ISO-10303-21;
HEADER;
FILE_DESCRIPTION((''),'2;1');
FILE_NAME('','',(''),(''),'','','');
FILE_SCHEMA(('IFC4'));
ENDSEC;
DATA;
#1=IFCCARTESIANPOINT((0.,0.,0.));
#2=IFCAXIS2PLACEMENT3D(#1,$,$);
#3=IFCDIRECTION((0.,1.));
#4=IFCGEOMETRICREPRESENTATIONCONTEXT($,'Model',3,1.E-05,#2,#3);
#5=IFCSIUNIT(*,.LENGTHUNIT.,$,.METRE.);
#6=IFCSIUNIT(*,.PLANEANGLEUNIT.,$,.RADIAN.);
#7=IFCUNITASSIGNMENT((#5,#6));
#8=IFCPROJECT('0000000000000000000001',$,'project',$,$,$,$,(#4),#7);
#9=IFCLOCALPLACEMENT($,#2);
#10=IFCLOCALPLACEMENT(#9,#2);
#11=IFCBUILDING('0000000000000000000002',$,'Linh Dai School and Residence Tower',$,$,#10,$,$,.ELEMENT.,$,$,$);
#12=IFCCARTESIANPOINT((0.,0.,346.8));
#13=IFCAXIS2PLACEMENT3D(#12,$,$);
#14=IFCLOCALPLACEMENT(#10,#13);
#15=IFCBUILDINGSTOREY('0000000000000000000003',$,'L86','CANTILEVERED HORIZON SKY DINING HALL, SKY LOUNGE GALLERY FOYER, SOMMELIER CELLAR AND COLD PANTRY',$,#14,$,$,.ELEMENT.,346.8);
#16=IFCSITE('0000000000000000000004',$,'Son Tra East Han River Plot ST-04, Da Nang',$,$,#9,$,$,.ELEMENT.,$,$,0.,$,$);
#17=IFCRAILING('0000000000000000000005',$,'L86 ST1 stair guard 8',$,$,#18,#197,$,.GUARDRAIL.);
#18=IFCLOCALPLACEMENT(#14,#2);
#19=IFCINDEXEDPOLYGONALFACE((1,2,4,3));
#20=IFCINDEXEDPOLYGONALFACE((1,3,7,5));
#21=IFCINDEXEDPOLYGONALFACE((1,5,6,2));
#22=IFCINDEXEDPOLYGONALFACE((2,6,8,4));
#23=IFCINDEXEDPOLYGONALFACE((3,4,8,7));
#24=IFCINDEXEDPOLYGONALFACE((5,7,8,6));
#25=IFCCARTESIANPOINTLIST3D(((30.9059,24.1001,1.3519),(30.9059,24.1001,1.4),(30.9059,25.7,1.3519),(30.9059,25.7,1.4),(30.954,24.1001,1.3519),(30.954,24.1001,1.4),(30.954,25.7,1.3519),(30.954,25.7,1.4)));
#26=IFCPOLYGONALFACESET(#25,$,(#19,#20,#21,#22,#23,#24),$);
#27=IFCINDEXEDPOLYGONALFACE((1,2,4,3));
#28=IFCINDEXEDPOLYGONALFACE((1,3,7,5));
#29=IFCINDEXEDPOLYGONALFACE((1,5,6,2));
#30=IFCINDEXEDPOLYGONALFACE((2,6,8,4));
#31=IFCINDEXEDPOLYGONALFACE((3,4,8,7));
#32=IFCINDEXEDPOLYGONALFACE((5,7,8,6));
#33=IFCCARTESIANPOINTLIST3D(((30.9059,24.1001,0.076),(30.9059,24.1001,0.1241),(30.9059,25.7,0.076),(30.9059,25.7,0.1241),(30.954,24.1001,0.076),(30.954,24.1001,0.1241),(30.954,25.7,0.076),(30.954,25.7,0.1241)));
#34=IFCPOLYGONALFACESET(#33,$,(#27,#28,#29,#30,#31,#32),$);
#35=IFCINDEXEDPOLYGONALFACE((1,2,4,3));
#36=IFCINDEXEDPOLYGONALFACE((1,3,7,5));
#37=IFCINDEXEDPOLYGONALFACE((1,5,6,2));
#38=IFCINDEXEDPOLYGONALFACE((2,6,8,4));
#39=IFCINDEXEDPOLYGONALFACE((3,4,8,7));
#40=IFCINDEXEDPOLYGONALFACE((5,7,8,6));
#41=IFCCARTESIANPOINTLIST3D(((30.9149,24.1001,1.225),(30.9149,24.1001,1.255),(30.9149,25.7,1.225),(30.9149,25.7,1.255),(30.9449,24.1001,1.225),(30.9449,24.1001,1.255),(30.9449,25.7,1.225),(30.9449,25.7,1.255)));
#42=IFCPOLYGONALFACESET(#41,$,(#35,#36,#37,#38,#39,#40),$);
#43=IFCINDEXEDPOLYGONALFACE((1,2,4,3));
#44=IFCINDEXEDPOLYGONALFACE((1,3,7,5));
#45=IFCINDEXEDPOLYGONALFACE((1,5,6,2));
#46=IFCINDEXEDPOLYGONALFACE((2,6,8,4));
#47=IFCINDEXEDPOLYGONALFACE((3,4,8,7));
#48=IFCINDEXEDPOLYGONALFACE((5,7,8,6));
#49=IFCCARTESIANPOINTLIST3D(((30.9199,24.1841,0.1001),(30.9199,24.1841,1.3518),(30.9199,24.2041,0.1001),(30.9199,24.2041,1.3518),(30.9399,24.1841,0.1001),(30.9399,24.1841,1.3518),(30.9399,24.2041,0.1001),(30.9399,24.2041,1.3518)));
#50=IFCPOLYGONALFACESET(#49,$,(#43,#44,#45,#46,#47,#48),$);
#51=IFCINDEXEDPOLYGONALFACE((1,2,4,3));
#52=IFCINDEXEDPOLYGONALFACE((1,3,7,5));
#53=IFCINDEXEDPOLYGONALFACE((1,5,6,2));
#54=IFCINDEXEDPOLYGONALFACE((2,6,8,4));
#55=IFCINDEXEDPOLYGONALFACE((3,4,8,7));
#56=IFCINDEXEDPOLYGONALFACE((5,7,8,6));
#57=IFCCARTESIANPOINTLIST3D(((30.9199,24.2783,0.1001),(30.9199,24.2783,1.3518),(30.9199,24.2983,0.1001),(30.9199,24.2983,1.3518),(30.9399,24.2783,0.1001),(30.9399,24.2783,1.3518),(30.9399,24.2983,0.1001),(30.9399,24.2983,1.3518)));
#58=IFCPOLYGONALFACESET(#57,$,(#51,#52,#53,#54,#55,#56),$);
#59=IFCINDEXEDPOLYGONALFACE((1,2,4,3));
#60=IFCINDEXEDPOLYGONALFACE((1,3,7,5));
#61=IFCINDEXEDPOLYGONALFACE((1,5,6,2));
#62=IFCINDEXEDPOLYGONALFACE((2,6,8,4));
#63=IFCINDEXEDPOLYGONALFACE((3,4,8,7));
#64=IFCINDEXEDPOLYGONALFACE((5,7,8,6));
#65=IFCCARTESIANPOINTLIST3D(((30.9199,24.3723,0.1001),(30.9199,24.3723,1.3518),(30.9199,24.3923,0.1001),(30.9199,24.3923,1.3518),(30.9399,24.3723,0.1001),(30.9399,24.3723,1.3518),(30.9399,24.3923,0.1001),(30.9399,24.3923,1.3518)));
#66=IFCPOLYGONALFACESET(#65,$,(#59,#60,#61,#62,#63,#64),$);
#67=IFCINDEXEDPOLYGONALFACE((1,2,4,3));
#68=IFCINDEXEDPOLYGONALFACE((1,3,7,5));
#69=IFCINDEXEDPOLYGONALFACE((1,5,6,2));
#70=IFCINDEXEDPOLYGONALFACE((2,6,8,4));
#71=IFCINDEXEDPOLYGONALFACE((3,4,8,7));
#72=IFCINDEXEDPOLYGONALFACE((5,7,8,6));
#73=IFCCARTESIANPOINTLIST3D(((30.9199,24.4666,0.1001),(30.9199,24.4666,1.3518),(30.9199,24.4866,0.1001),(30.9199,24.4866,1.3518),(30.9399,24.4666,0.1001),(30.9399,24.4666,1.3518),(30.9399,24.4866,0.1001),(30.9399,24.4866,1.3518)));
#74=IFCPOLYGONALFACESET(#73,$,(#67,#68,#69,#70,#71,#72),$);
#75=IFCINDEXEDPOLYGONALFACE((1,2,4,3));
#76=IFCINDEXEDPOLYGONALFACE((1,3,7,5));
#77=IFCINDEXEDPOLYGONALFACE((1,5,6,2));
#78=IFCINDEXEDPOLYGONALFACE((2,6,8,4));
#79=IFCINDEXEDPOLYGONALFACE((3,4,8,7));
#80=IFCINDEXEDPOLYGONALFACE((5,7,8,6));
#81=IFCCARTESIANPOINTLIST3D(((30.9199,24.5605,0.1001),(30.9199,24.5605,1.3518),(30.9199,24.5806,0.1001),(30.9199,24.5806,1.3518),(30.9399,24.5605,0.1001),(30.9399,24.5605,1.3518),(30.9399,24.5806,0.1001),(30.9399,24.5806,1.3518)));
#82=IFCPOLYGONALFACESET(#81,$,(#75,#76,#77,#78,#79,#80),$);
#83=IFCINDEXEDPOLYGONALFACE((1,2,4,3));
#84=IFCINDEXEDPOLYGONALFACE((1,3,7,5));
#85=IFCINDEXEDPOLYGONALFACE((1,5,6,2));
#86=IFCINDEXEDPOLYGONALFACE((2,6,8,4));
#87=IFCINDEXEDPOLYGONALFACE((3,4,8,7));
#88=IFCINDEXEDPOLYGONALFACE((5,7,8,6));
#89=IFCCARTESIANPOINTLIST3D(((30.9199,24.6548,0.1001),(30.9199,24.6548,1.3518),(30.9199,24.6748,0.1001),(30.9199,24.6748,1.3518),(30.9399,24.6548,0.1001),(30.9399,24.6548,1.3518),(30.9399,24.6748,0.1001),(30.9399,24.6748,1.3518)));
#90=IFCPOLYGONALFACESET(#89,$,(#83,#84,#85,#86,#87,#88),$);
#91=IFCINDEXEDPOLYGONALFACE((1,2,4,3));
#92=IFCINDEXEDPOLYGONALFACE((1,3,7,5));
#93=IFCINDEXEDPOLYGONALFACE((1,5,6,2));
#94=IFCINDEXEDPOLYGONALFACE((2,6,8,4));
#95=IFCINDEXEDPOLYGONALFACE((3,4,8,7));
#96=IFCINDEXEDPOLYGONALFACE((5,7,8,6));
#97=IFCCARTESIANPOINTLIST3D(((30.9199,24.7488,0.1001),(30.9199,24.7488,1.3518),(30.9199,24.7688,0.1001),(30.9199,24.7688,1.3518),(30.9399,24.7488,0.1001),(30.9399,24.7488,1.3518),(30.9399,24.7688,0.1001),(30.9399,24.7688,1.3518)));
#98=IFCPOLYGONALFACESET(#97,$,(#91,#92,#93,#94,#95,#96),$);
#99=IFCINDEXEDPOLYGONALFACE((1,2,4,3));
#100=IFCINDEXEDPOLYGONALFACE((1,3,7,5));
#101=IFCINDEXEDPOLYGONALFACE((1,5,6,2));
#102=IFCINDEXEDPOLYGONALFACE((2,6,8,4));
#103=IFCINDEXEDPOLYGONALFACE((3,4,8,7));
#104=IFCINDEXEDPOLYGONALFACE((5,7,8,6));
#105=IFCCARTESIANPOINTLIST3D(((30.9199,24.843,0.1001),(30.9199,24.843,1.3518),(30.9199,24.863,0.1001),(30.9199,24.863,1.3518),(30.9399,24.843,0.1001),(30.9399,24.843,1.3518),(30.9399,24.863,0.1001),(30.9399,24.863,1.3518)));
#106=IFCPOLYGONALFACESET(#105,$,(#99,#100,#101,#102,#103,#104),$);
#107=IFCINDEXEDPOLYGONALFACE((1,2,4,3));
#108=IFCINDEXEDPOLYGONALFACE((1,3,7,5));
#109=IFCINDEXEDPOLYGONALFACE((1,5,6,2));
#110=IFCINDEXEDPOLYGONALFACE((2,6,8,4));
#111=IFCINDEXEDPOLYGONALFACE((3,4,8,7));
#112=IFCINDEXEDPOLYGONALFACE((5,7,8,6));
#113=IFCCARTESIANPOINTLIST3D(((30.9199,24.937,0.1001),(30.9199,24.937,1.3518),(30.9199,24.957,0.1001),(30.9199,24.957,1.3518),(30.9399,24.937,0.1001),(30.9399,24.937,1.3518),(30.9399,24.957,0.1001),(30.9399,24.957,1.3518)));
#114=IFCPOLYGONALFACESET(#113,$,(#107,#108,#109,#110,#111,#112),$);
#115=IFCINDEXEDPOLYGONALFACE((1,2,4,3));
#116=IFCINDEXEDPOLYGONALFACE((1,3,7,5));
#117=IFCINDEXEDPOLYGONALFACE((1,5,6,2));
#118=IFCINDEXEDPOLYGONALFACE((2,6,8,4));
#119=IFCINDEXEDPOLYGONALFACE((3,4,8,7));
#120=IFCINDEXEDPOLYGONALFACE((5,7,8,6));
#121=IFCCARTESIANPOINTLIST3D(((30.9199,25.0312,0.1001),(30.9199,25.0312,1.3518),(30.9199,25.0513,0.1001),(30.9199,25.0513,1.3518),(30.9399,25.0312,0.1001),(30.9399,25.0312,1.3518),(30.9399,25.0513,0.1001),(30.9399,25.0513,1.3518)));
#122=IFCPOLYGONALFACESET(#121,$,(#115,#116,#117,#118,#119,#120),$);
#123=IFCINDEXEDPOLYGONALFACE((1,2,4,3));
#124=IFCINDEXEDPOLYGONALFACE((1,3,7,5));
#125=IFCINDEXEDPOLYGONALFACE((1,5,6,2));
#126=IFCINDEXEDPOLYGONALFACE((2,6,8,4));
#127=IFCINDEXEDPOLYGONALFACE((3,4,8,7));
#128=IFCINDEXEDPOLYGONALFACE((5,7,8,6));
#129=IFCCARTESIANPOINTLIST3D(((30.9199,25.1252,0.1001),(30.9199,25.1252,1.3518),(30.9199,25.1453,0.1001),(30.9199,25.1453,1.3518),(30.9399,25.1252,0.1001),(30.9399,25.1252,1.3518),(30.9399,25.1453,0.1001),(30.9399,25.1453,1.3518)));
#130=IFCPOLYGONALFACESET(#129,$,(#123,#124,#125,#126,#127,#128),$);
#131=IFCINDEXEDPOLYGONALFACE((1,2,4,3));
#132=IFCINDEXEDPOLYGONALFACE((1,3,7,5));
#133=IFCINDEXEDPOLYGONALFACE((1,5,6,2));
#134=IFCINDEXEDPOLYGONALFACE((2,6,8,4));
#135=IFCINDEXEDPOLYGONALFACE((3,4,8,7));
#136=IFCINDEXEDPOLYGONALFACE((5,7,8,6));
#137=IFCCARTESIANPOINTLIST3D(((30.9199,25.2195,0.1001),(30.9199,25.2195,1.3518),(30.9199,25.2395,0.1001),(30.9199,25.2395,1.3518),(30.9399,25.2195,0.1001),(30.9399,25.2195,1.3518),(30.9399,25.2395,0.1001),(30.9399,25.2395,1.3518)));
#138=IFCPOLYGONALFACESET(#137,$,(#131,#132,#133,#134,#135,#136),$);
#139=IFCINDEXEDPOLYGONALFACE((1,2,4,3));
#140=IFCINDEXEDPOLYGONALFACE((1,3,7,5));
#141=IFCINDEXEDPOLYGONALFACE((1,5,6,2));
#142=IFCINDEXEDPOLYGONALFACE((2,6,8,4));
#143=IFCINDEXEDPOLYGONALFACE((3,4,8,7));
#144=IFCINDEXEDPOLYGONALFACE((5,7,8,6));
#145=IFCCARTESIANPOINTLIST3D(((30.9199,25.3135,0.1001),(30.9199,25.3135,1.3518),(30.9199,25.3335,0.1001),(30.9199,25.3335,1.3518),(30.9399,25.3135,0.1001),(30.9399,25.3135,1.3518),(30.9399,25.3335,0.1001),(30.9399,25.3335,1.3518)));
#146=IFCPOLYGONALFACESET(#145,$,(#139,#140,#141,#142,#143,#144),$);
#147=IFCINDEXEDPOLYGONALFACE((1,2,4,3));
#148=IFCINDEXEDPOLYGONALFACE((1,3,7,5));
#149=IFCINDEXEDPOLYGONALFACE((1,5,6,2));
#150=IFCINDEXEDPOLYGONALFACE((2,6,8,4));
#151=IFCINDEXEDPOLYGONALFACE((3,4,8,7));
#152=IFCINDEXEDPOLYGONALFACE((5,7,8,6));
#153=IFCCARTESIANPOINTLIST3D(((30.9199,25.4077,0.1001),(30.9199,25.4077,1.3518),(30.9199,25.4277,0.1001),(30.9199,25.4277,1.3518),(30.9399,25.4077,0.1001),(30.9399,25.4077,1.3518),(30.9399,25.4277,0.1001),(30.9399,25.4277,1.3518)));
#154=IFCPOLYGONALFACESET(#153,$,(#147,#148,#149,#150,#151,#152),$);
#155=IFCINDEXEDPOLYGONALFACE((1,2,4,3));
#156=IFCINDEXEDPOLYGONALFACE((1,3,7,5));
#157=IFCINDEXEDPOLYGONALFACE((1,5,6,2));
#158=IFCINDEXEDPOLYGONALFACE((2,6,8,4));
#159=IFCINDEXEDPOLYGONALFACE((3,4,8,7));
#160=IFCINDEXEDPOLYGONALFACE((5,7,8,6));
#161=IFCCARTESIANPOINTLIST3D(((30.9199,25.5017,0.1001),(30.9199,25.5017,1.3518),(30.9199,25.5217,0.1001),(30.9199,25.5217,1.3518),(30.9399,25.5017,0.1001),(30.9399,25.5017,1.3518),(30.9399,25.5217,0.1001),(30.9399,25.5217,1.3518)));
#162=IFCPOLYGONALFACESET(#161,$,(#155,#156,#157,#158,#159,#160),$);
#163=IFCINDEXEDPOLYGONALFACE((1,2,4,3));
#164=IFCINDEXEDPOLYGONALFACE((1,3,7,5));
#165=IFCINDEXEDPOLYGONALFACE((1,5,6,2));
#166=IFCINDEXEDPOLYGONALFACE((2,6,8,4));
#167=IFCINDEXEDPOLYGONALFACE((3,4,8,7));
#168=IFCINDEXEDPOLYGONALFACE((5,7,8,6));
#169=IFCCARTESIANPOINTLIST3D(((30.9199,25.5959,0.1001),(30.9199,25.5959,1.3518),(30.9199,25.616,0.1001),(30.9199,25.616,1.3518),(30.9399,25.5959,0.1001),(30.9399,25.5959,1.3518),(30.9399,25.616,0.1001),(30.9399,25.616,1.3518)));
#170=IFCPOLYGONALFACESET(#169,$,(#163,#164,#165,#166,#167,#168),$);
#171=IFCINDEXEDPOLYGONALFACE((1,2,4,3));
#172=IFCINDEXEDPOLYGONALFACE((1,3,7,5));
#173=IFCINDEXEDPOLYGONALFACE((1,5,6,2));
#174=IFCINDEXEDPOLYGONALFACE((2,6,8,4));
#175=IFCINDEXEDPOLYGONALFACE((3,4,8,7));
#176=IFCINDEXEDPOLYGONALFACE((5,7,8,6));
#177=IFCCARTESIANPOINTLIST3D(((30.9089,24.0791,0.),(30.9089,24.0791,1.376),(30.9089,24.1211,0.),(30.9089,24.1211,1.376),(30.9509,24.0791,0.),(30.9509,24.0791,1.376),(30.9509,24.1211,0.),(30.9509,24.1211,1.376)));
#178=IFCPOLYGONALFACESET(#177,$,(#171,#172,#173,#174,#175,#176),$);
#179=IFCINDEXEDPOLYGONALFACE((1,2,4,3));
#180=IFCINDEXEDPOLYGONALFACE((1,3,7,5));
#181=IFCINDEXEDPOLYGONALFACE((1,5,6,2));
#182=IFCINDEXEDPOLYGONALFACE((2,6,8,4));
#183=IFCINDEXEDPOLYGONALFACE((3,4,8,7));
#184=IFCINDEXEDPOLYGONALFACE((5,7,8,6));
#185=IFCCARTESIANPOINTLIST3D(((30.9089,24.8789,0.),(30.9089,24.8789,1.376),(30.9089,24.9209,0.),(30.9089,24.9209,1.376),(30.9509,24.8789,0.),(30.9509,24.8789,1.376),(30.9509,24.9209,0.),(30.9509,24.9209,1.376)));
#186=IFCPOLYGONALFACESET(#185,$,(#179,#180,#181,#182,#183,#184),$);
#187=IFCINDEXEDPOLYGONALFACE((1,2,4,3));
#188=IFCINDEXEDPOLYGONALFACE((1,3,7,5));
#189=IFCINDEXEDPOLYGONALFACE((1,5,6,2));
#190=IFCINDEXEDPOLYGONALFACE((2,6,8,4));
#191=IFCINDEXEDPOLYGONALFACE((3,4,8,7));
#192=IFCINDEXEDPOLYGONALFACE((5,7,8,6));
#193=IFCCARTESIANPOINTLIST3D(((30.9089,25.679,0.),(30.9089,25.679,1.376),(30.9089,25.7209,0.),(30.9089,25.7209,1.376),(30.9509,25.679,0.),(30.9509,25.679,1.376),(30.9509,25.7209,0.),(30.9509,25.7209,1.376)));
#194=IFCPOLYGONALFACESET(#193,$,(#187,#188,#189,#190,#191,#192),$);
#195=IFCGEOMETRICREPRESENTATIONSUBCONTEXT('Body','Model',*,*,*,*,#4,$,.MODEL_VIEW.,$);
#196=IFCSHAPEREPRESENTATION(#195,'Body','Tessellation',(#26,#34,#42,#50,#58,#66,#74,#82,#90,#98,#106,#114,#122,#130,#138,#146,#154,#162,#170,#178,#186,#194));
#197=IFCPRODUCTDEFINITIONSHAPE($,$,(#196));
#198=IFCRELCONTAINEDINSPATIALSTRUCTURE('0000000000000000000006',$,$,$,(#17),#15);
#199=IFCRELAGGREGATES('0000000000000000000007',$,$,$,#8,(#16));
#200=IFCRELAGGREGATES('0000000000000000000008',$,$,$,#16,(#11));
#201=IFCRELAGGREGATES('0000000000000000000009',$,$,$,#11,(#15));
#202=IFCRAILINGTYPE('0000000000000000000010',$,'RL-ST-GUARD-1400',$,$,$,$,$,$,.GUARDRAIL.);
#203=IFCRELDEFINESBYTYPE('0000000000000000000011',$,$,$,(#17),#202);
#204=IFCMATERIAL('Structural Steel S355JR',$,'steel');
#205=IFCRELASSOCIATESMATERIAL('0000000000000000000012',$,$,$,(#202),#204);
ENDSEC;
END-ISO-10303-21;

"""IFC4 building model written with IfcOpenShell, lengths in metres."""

from ifc_helpers import new_model, si_unit, direction, frame, origin, origin_2d, place, context, subcontext, project, spatial, rectangle, extrude, source, transform, mapped, material, type_object, element, save


model = new_model("IFC4")

# Units and contexts
model_context = context("Model", 3, precision=1e-05, world=origin(), true_north=direction((0.0, 1.0)))
body_context = subcontext(model_context, "Body", "Model", "MODEL_VIEW")
ifc_project = project(units=[si_unit("LENGTHUNIT", "METRE"), si_unit("PLANEANGLEUNIT", "RADIAN")], contexts=[model_context])

# Site, building, storey
site_placement = place(None, origin())
site = spatial("IfcSite", under=ifc_project, at=site_placement, Name="Son Tra East Han River Plot ST-04, Da Nang", CompositionType="ELEMENT", RefElevation=0.0)
building_placement = place(site_placement, origin())
building = spatial("IfcBuilding", under=site, at=building_placement, Name="Linh Dai School and Residence Tower", CompositionType="ELEMENT")
storey_placement = place(building_placement, frame((0.0, 0.0, 346.8)))
storey = spatial("IfcBuildingStorey", under=building, at=storey_placement, Name="L86", Description="CANTILEVERED HORIZON SKY DINING HALL, SKY LOUNGE GALLERY FOYER, SOMMELIER CELLAR AND COLD PANTRY", CompositionType="ELEMENT", Elevation=346.8)

# Shared definitions
ifc_material_1 = material(Name="Structural Steel S355JR", Category="steel")

# Railing
railing_type_1 = type_object("IfcRailingType", Name="RL-ST-GUARD-1400", PredefinedType="GUARDRAIL", material=ifc_material_1)
shared_shape_1 = source(origin(), body_context, "Body", "SweptSolid", [
    extrude(rectangle(XDim=0.0481, YDim=0.0481, at=origin_2d()), frame((0.0, 0.0, 1.376), z_axis=(0.0, 1.0, 0.0), x_axis=(-1.0, 0.0, 0.0)), (0.0, 0.0, 1.0), 1.5999),
    extrude(rectangle(XDim=0.0481, YDim=0.0481, at=origin_2d()), frame((0.0, 0.0, 0.1001), z_axis=(0.0, 1.0, 0.0), x_axis=(-1.0, 0.0, 0.0)), (0.0, 0.0, 1.0), 1.5999),
    extrude(rectangle(XDim=0.03, YDim=0.03, at=origin_2d()), frame((0.0, 0.0, 1.24), z_axis=(0.0, 1.0, 0.0), x_axis=(-1.0, 0.0, 0.0)), (0.0, 0.0, 1.0), 1.5999),
    extrude(rectangle(XDim=0.02, YDim=0.02, at=origin_2d()), frame((0.0, 0.094, 0.1001)), (0.0, 0.0, 1.0), 1.2517),
    extrude(rectangle(XDim=0.02, YDim=0.02, at=origin_2d()), frame((0.0, 0.1882, 0.1001)), (0.0, 0.0, 1.0), 1.2517),
    extrude(rectangle(XDim=0.02, YDim=0.02, at=origin_2d()), frame((0.0, 0.2822, 0.1001)), (0.0, 0.0, 1.0), 1.2517),
    extrude(rectangle(XDim=0.02, YDim=0.02, at=origin_2d()), frame((0.0, 0.3765, 0.1001)), (0.0, 0.0, 1.0), 1.2517),
    extrude(rectangle(XDim=0.02, YDim=0.02, at=origin_2d()), frame((0.0, 0.4705, 0.1001)), (0.0, 0.0, 1.0), 1.2517),
    extrude(rectangle(XDim=0.02, YDim=0.02, at=origin_2d()), frame((0.0, 0.5647, 0.1001)), (0.0, 0.0, 1.0), 1.2517),
    extrude(rectangle(XDim=0.02, YDim=0.02, at=origin_2d()), frame((0.0, 0.6587, 0.1001)), (0.0, 0.0, 1.0), 1.2517),
    extrude(rectangle(XDim=0.02, YDim=0.02, at=origin_2d()), frame((0.0, 0.7529, 0.1001)), (0.0, 0.0, 1.0), 1.2517),
    extrude(rectangle(XDim=0.02, YDim=0.02, at=origin_2d()), frame((0.0, 0.8469, 0.1001)), (0.0, 0.0, 1.0), 1.2517),
    extrude(rectangle(XDim=0.02, YDim=0.02, at=origin_2d()), frame((0.0, 0.9412, 0.1001)), (0.0, 0.0, 1.0), 1.2517),
    extrude(rectangle(XDim=0.02, YDim=0.02, at=origin_2d()), frame((0.0, 1.0352, 0.1001)), (0.0, 0.0, 1.0), 1.2517),
    extrude(rectangle(XDim=0.02, YDim=0.02, at=origin_2d()), frame((0.0, 1.1294, 0.1001)), (0.0, 0.0, 1.0), 1.2517),
    extrude(rectangle(XDim=0.02, YDim=0.02, at=origin_2d()), frame((0.0, 1.2234, 0.1001)), (0.0, 0.0, 1.0), 1.2517),
    extrude(rectangle(XDim=0.02, YDim=0.02, at=origin_2d()), frame((0.0, 1.3176, 0.1001)), (0.0, 0.0, 1.0), 1.2517),
    extrude(rectangle(XDim=0.02, YDim=0.02, at=origin_2d()), frame((0.0, 1.4116, 0.1001)), (0.0, 0.0, 1.0), 1.2517),
    extrude(rectangle(XDim=0.02, YDim=0.02, at=origin_2d()), frame((0.0, 1.5059, 0.1001)), (0.0, 0.0, 1.0), 1.2517),
    extrude(rectangle(XDim=0.042, YDim=0.042, at=origin_2d()), origin(), (0.0, 0.0, 1.0), 1.376),
    extrude(rectangle(XDim=0.042, YDim=0.042, at=origin_2d()), frame((0.0, 0.7998, 0.0)), (0.0, 0.0, 1.0), 1.376),
    extrude(rectangle(XDim=0.042, YDim=0.042, at=origin_2d()), frame((0.0, 1.5999, 0.0)), (0.0, 0.0, 1.0), 1.376),
])
for number, where, name in (
    (1, (30.9299, 24.1001, 0.0), "L86 ST1 stair guard 8"),
):
    element("IfcRailing", number, at=place(storey_placement, frame(where)), inside=storey, type_object=railing_type_1, Name=name, PredefinedType="GUARDRAIL", context=body_context, shape_type="MappedRepresentation", body=[
        mapped(shared_shape_1, transform((0.0, 0.0, 0.0), x_axis=(1.0, 0.0, 0.0), y_axis=(0.0, 1.0, 0.0), z_axis=(0.0, 0.0, 1.0), scale=1.0)),
    ])

save(model, "model.ifc")
